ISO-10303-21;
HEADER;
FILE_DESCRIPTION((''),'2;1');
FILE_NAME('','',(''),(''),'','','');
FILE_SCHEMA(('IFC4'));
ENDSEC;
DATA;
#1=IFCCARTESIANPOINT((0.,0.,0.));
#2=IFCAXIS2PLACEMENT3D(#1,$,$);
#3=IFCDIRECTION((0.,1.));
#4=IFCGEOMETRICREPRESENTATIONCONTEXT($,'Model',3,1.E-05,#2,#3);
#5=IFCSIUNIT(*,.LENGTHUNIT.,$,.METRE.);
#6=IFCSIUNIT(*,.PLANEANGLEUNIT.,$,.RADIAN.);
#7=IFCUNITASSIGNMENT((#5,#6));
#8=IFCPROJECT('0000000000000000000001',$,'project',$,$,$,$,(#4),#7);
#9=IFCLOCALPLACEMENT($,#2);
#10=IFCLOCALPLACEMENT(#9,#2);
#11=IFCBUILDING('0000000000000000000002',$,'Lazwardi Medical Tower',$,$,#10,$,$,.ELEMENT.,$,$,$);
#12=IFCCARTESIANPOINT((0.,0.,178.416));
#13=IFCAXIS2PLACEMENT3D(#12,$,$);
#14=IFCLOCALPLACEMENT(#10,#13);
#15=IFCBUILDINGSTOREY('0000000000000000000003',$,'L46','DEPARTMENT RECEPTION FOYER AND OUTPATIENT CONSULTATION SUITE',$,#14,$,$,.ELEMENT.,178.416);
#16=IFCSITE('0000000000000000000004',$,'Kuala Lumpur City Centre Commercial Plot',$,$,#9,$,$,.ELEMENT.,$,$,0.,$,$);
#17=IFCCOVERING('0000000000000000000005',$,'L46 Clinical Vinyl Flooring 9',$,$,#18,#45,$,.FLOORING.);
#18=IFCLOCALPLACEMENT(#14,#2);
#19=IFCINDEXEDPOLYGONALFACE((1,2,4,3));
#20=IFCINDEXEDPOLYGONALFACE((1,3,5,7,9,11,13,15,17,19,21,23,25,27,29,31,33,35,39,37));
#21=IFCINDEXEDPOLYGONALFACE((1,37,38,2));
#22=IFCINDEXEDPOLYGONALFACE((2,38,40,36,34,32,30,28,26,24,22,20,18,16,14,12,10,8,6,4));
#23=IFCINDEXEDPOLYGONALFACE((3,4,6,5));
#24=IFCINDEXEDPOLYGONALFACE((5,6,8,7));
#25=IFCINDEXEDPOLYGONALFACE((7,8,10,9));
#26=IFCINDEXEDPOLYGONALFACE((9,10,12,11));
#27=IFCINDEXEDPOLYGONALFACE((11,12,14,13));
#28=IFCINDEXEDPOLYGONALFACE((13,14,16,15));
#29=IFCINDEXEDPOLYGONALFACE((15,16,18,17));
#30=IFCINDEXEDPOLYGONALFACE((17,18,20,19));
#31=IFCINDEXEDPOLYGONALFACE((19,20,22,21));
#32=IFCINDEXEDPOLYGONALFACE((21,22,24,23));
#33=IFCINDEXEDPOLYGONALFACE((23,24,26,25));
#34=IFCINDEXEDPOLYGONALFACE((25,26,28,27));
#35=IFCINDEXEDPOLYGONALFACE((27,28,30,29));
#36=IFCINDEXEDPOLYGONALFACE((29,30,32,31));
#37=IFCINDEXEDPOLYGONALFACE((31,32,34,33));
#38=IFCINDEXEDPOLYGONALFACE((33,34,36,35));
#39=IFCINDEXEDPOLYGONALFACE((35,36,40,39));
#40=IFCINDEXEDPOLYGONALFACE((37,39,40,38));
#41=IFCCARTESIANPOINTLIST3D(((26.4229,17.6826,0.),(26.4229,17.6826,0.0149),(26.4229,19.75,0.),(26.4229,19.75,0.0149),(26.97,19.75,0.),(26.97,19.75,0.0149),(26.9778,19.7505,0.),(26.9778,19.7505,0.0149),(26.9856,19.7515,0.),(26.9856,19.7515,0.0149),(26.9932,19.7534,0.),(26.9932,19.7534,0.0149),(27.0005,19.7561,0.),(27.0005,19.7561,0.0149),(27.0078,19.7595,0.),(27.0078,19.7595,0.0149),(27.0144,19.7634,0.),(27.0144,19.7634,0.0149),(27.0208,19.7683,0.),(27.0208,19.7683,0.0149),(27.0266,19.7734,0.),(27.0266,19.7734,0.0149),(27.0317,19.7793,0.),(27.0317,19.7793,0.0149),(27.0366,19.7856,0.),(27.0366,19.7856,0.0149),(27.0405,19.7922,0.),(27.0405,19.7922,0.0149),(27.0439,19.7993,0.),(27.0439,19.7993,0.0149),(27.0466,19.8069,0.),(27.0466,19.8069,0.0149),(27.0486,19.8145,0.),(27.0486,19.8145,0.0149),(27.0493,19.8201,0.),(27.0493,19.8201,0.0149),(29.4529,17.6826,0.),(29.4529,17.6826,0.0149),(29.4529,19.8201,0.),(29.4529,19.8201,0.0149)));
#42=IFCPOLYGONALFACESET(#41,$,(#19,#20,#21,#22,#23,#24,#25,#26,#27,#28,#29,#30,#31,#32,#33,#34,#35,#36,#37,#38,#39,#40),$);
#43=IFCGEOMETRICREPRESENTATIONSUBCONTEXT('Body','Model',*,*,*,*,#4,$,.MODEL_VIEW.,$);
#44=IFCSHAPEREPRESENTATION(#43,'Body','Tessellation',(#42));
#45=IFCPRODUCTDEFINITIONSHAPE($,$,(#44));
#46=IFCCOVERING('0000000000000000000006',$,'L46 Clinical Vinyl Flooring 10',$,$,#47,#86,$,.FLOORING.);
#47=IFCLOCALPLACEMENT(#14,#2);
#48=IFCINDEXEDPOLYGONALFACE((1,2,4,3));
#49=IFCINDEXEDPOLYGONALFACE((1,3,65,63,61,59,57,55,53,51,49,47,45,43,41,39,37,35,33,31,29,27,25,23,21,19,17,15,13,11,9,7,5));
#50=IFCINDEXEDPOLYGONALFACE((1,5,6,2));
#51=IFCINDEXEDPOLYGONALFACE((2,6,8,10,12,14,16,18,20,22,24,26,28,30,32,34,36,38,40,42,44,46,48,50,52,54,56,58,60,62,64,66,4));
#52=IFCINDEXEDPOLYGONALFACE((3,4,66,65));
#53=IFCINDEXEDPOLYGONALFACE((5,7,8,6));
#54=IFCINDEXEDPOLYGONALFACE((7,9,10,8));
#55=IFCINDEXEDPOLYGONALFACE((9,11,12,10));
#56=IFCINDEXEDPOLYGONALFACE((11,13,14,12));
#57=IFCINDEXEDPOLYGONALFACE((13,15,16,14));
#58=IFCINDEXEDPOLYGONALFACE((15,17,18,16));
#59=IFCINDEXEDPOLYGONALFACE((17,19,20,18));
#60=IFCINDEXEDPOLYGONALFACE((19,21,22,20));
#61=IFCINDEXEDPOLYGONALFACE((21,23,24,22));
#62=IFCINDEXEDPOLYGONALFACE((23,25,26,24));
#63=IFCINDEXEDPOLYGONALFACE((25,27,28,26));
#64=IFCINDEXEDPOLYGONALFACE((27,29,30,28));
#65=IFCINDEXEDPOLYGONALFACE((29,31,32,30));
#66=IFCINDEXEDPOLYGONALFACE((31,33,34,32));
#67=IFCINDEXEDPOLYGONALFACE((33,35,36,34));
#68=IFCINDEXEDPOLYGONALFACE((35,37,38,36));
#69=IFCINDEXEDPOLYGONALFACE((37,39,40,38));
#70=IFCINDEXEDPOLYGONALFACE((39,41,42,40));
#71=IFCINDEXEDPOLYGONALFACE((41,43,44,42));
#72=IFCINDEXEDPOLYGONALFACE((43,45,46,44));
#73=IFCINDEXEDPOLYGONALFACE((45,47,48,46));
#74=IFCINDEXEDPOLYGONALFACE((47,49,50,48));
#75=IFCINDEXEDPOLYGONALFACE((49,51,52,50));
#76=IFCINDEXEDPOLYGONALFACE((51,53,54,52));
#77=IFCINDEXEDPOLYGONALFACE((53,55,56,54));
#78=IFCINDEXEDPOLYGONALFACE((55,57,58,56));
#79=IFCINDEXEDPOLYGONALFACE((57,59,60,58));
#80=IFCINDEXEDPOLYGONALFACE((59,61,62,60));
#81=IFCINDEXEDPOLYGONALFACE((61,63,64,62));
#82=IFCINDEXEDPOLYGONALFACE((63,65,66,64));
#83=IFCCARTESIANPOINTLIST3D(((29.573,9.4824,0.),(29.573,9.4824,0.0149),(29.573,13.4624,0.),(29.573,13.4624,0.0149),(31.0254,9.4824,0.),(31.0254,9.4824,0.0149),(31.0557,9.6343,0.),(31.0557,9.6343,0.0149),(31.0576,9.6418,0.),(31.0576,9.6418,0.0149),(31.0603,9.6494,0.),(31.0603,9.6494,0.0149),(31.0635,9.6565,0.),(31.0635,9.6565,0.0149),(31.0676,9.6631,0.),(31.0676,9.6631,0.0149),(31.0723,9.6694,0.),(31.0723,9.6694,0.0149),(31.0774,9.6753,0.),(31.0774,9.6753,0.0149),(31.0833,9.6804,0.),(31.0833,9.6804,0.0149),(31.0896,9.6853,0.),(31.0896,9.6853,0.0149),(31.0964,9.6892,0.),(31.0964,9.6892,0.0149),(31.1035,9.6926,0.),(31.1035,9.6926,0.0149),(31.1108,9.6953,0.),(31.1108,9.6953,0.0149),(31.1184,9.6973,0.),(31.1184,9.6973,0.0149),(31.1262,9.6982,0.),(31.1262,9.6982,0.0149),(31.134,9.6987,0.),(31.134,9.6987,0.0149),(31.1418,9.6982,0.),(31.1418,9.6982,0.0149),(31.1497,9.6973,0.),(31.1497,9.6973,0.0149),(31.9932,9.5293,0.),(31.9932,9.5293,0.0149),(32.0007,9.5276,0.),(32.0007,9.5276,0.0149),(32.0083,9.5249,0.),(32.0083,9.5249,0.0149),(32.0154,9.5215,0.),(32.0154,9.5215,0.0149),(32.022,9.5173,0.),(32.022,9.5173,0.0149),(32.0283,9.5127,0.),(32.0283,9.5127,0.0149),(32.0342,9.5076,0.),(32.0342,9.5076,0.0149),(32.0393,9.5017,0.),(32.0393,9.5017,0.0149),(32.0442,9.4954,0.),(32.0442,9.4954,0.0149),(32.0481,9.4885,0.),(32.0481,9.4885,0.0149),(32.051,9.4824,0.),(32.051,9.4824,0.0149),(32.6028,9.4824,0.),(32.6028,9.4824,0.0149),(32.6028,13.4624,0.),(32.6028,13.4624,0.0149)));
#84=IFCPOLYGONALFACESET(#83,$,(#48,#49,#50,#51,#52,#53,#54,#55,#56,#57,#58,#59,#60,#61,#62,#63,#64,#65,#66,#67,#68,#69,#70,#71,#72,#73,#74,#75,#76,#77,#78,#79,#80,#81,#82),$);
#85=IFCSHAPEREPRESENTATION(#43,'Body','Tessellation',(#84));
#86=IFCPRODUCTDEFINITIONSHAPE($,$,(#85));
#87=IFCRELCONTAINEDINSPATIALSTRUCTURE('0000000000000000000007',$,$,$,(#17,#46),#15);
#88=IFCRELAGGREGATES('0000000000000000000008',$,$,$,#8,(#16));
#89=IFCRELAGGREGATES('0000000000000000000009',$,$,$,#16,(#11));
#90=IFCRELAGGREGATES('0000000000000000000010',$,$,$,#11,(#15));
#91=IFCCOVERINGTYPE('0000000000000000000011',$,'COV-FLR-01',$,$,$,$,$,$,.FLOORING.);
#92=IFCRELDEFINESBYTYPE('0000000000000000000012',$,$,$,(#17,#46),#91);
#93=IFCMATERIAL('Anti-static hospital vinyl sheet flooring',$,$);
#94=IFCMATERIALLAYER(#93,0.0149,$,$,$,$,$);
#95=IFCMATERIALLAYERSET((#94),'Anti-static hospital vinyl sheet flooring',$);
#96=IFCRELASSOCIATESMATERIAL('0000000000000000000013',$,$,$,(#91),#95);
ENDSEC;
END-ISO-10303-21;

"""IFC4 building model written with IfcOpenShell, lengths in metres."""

from ifc_helpers import new_model, si_unit, direction, frame, origin, place, context, subcontext, project, spatial, polyline, outline, extrude, material, layer, layer_set, type_object, element, save


model = new_model("IFC4")

# Units and contexts
model_context = context("Model", 3, precision=1e-05, world=origin(), true_north=direction((0.0, 1.0)))
body_context = subcontext(model_context, "Body", "Model", "MODEL_VIEW")
ifc_project = project(units=[si_unit("LENGTHUNIT", "METRE"), si_unit("PLANEANGLEUNIT", "RADIAN")], contexts=[model_context])

# Site, building, storey
site_placement = place(None, origin())
site = spatial("IfcSite", under=ifc_project, at=site_placement, Name="Kuala Lumpur City Centre Commercial Plot", CompositionType="ELEMENT", RefElevation=0.0)
building_placement = place(site_placement, origin())
building = spatial("IfcBuilding", under=site, at=building_placement, Name="Lazwardi Medical Tower", CompositionType="ELEMENT")
storey_placement = place(building_placement, frame((0.0, 0.0, 178.416)))
storey = spatial("IfcBuildingStorey", under=building, at=storey_placement, Name="L46", Description="DEPARTMENT RECEPTION FOYER AND OUTPATIENT CONSULTATION SUITE", CompositionType="ELEMENT", Elevation=178.416)

# Coverings
ifc_material_1 = material(Name="Anti-static hospital vinyl sheet flooring")
ifc_layer_1 = layer(ifc_material_1, 0.0149)
ifc_layer_set_1 = layer_set([ifc_layer_1], Name="Anti-static hospital vinyl sheet flooring")
covering_type_1 = type_object("IfcCoveringType", Name="COV-FLR-01", PredefinedType="FLOORING", material=ifc_layer_set_1)
covering_1_placement = place(storey_placement, origin())
element("IfcCovering", 1, at=covering_1_placement, inside=storey, type_object=covering_type_1, Name="L46 Clinical Vinyl Flooring 9", PredefinedType="FLOORING", context=body_context, shape_type="SweptSolid", body=[
    extrude(outline(polyline([(29.4529, 19.8201), (27.0493, 19.8201), (27.0486, 19.8145), (27.0466, 19.8069), (27.0439, 19.7993), (27.0405, 19.7922), (27.0366, 19.7856), (27.0317, 19.7793), (27.0266, 19.7734), (27.0208, 19.7683), (27.0144, 19.7634), (27.0078, 19.7595), (27.0005, 19.7561), (26.9932, 19.7534), (26.9856, 19.7515), (26.9778, 19.7505), (26.97, 19.75), (26.4229, 19.75), (26.4229, 17.6826), (29.4529, 17.6826), (29.4529, 19.8201)])), origin(), (0.0, 0.0, 1.0), 0.0149),
])
covering_2_placement = place(storey_placement, origin())
element("IfcCovering", 2, at=covering_2_placement, inside=storey, type_object=covering_type_1, Name="L46 Clinical Vinyl Flooring 10", PredefinedType="FLOORING", context=body_context, shape_type="SweptSolid", body=[
    extrude(outline(polyline([(31.0254, 9.4824), (31.0557, 9.6343), (31.0576, 9.6418), (31.0603, 9.6494), (31.0635, 9.6565), (31.0676, 9.6631), (31.0723, 9.6694), (31.0774, 9.6753), (31.0833, 9.6804), (31.0896, 9.6853), (31.0964, 9.6892), (31.1035, 9.6926), (31.1108, 9.6953), (31.1184, 9.6973), (31.1262, 9.6982), (31.134, 9.6987), (31.1418, 9.6982), (31.1497, 9.6973), (31.9932, 9.5293), (32.0007, 9.5276), (32.0083, 9.5249), (32.0154, 9.5215), (32.022, 9.5173), (32.0283, 9.5127), (32.0342, 9.5076), (32.0393, 9.5017), (32.0442, 9.4954), (32.0481, 9.4885), (32.051, 9.4824), (32.6028, 9.4824), (32.6028, 13.4624), (29.573, 13.4624), (29.573, 9.4824), (31.0254, 9.4824)])), origin(), (0.0, 0.0, 1.0), 0.0149),
])

save(model, "model.ifc")
